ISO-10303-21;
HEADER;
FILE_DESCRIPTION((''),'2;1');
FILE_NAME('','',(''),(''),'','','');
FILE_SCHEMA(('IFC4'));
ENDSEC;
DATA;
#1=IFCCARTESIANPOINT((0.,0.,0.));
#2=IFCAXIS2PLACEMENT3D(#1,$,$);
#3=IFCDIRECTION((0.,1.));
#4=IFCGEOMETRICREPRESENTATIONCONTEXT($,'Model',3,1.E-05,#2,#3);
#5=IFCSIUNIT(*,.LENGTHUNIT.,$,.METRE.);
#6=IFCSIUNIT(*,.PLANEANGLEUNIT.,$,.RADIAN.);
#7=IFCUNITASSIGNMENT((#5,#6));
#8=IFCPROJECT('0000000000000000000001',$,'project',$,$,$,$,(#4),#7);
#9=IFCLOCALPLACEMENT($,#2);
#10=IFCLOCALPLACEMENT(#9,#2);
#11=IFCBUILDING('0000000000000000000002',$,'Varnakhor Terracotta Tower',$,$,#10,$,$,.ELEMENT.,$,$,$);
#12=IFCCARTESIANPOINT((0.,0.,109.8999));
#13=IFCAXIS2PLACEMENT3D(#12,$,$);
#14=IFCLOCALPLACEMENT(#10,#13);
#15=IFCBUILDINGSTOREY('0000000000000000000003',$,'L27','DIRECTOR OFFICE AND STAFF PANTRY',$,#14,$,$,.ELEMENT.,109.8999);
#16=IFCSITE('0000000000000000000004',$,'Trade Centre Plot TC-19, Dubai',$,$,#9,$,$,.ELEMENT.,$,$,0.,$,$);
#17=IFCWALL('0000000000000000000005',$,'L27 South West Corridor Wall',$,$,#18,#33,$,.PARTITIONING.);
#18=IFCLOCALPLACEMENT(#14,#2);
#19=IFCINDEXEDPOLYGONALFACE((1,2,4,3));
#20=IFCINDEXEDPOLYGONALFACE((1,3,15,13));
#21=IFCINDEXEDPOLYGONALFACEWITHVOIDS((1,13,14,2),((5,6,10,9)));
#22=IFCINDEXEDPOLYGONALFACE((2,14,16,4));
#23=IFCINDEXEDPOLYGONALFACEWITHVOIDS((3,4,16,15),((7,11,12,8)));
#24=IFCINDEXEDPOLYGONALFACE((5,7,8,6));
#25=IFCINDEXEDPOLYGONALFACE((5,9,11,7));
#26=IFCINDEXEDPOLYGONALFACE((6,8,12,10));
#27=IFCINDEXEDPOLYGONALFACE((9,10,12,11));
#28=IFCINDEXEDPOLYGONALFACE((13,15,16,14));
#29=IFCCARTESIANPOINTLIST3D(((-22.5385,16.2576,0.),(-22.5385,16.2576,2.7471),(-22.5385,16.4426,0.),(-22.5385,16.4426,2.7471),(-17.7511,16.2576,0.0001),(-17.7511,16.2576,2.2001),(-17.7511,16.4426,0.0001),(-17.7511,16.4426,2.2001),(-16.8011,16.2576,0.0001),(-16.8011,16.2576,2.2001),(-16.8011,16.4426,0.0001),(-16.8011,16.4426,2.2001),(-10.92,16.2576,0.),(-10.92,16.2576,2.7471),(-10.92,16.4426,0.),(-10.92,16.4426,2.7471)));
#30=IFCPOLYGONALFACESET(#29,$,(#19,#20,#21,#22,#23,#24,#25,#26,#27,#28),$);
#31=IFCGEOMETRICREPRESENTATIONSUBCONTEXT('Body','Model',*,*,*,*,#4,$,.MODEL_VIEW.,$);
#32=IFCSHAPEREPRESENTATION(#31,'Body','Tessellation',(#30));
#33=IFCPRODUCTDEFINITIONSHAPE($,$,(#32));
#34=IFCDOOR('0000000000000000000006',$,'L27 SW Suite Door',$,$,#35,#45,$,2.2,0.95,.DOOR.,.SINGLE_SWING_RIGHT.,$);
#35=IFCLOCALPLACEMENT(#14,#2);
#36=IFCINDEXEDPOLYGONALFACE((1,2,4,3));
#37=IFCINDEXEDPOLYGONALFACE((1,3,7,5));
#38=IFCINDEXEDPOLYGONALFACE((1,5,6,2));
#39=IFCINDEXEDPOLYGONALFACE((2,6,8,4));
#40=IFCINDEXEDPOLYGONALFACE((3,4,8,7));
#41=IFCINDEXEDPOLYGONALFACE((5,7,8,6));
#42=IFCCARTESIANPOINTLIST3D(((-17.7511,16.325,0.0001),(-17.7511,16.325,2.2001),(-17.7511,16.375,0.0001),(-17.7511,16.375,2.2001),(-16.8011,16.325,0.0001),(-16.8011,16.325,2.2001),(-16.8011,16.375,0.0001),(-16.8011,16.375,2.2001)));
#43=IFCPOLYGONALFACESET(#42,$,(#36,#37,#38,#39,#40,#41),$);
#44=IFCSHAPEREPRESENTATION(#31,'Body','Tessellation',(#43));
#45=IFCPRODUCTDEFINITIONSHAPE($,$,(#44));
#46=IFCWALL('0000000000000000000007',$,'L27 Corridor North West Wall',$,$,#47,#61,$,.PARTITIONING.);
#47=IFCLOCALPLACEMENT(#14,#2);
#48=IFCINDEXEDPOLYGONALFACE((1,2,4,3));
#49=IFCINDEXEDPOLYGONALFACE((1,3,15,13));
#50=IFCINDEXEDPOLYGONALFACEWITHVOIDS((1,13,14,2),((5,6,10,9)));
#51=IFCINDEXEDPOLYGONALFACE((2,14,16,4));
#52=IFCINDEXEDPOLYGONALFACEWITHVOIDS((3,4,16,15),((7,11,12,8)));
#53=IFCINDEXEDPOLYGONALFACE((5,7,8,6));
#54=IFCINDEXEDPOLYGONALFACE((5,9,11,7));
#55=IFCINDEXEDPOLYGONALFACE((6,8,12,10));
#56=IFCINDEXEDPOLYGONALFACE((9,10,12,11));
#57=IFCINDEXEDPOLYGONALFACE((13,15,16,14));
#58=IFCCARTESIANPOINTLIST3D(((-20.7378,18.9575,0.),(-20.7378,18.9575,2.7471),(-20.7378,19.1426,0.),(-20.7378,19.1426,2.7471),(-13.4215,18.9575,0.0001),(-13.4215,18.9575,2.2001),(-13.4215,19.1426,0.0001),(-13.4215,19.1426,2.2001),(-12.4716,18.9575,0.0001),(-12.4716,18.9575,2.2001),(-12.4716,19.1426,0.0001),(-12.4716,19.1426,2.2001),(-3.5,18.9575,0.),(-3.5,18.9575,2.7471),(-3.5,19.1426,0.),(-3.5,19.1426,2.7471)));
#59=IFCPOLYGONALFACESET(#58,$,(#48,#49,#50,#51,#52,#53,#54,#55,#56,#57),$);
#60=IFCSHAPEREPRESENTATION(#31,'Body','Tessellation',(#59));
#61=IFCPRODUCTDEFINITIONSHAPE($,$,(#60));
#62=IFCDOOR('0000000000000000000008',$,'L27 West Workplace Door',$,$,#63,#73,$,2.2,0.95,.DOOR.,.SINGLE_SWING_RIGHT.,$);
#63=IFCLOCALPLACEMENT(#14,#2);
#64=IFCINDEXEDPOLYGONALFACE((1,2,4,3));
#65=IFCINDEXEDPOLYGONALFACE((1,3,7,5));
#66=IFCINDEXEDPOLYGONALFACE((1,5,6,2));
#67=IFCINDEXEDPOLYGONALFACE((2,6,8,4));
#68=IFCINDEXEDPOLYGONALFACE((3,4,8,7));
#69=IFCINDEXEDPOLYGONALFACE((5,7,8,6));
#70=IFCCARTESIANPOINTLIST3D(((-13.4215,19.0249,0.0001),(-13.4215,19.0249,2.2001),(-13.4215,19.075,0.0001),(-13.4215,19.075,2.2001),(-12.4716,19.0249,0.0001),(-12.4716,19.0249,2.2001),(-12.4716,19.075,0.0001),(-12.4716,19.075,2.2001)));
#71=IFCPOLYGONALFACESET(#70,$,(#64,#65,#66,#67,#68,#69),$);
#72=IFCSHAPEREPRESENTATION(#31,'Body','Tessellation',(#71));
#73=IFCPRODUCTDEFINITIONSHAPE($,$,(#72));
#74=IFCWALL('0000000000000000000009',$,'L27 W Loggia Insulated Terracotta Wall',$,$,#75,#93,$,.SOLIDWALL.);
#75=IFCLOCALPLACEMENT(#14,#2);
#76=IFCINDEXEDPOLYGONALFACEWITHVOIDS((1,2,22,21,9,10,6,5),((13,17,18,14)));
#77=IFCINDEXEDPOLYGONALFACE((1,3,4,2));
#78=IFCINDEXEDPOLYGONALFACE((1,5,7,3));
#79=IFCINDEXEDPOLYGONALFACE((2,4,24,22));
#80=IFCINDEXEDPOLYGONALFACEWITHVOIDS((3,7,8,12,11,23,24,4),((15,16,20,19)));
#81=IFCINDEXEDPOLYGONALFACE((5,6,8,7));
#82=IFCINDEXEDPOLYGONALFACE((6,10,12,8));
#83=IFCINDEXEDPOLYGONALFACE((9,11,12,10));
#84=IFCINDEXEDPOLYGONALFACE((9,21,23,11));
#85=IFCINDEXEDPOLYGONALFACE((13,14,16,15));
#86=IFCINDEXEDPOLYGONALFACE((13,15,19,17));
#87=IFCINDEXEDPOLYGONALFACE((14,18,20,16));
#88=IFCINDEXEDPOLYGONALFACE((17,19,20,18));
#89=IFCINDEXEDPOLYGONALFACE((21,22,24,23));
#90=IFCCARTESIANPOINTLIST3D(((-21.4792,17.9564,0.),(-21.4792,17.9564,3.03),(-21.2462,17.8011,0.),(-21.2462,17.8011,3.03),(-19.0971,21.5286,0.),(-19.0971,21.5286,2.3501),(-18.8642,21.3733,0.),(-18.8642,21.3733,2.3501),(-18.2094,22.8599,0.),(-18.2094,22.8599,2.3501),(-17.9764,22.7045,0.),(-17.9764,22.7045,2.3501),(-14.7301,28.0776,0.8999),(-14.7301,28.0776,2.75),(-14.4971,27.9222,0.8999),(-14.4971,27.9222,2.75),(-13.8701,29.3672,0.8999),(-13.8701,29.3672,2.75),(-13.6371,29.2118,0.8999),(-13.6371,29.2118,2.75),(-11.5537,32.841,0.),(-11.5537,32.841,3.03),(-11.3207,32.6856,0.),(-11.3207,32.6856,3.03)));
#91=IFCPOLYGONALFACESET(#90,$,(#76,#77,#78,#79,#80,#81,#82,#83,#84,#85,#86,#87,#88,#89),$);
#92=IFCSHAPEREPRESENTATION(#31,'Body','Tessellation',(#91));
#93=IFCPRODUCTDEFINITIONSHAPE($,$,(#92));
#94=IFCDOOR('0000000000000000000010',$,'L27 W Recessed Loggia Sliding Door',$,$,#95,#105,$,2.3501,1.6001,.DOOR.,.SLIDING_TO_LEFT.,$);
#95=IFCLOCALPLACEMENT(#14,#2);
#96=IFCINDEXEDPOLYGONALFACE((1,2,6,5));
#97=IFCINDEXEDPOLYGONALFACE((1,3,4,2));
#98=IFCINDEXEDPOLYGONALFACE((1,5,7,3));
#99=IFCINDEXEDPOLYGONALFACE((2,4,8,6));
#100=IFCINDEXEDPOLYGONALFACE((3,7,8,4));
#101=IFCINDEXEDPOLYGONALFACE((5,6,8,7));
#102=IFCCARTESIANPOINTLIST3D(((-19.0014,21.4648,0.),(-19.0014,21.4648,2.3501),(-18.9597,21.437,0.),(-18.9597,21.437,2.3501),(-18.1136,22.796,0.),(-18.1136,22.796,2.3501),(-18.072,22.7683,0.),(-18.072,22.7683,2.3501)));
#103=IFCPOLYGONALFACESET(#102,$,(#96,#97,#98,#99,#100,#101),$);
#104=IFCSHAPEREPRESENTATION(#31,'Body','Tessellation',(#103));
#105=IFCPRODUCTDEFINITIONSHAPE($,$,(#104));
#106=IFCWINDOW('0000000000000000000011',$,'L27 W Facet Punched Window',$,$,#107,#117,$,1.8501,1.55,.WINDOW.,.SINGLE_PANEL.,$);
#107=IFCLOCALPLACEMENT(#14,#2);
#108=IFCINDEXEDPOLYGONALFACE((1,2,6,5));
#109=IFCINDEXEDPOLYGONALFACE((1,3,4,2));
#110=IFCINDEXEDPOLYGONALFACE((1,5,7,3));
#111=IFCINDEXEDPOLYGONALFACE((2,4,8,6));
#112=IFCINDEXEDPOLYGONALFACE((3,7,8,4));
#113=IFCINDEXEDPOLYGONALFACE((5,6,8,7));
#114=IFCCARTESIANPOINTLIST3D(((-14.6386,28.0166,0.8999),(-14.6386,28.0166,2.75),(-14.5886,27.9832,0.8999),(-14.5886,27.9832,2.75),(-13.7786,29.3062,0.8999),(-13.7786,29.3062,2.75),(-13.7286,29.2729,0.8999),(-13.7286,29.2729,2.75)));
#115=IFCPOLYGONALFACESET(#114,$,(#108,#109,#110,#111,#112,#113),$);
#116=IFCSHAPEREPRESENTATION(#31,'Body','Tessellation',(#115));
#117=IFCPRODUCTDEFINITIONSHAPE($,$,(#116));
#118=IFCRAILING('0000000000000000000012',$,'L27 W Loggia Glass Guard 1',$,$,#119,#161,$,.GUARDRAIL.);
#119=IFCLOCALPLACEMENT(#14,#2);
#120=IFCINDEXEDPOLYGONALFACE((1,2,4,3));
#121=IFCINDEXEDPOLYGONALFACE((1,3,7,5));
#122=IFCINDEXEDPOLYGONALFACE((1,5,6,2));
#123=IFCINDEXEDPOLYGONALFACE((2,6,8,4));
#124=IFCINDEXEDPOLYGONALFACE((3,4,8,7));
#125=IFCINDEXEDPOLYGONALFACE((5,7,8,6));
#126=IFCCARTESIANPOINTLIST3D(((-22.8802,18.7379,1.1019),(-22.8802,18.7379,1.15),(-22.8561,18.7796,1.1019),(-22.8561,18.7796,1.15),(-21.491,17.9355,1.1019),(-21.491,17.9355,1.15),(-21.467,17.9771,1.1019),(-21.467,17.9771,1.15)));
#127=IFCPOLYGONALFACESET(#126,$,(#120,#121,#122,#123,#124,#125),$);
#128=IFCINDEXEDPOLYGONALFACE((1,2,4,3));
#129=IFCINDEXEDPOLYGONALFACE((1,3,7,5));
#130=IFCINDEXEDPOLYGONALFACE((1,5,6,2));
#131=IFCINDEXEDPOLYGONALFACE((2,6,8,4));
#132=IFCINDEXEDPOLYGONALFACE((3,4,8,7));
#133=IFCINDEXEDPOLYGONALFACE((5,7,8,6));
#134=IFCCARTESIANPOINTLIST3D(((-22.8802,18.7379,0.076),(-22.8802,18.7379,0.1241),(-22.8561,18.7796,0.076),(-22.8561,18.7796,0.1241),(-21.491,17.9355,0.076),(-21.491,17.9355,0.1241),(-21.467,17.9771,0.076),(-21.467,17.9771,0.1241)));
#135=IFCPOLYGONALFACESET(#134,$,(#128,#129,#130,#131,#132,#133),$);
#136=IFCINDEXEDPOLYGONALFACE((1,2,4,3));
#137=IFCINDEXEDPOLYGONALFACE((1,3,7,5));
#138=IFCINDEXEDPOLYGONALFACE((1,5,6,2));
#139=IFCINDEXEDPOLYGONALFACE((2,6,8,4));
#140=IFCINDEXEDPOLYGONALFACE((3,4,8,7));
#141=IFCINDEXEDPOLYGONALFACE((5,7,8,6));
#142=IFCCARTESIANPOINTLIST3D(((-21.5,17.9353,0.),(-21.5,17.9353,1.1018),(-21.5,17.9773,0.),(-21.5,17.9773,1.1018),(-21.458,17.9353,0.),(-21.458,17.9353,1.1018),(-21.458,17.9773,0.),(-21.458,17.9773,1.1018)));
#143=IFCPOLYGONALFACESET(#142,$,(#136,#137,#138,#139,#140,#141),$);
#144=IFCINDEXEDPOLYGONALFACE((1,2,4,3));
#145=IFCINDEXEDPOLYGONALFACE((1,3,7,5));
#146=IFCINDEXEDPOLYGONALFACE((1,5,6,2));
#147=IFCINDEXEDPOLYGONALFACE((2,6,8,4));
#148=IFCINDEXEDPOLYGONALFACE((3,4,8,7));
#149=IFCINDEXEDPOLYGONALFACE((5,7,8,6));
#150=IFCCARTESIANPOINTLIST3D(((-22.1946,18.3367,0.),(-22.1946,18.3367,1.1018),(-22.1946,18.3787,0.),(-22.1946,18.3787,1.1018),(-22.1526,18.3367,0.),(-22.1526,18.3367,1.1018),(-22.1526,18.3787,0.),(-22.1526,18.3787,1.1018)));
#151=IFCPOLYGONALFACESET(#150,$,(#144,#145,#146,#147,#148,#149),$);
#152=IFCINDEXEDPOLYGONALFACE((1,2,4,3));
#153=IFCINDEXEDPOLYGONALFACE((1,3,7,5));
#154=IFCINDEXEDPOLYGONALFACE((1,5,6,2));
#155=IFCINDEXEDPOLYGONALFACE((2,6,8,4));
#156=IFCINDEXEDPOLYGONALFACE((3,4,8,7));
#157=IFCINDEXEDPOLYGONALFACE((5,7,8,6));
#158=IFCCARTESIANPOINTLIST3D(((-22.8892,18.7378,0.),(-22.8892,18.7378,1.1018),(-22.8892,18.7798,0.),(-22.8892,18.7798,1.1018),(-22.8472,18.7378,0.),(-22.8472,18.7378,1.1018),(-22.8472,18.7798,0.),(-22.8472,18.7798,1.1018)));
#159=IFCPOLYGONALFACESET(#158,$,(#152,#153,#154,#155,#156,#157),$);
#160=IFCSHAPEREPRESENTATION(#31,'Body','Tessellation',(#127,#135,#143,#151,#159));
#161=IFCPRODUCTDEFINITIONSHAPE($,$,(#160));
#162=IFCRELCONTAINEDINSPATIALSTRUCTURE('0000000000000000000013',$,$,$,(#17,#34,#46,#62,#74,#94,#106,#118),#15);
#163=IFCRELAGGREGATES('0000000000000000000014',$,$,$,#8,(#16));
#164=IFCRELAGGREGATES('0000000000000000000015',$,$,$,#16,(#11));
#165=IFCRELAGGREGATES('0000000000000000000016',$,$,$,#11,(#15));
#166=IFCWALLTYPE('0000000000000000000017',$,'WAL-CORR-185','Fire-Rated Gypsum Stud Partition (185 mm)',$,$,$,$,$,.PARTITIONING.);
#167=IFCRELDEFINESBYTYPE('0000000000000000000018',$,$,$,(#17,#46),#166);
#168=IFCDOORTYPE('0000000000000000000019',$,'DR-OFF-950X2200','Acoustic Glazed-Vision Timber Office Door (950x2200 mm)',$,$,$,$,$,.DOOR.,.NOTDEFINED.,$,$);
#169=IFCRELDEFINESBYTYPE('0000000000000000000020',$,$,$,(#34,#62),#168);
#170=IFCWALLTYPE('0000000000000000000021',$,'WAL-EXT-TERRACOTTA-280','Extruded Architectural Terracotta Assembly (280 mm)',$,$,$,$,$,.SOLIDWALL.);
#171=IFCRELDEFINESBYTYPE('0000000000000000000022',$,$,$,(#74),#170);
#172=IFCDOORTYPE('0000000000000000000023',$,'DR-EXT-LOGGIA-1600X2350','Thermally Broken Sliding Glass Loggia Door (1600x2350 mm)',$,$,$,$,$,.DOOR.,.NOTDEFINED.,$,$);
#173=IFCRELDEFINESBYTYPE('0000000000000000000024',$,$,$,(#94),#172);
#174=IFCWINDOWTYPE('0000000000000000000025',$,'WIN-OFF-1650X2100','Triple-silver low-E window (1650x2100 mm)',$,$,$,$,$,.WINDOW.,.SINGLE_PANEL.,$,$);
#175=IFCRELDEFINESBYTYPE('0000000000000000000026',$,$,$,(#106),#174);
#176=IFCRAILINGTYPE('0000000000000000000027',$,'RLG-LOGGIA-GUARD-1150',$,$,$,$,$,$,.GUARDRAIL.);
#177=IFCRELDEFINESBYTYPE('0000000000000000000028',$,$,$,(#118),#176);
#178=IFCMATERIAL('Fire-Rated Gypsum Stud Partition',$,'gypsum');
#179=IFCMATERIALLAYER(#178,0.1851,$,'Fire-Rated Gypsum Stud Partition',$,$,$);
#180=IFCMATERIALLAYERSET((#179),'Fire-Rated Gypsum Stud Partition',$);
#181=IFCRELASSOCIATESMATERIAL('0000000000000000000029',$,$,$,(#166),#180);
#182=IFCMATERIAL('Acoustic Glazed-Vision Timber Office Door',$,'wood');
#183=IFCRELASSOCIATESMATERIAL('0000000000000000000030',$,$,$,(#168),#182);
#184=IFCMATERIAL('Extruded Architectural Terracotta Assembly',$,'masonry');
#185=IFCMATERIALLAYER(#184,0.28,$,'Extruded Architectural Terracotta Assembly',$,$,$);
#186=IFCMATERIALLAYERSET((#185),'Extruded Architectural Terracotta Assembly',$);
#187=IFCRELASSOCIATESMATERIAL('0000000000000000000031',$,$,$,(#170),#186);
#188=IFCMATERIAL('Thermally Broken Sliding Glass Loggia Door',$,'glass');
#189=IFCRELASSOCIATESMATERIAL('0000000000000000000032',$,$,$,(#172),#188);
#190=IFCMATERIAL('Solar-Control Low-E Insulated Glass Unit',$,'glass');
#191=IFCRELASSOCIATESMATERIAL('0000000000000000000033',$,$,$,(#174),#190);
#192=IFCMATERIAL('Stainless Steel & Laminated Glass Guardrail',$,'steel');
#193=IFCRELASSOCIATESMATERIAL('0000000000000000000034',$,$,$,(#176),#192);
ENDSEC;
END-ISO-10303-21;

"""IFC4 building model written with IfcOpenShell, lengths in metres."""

from ifc_helpers import new_model, si_unit, direction, frame, frame_2d, origin, origin_2d, place, context, subcontext, project, spatial, rectangle, extrude, source, transform, mapped, material, layer, layer_set, type_object, type_shapes, element, fill, save


model = new_model("IFC4")

# Units and contexts
model_context = context("Model", 3, precision=1e-05, world=origin(), true_north=direction((0.0, 1.0)))
body_context = subcontext(model_context, "Body", "Model", "MODEL_VIEW")
ifc_project = project(units=[si_unit("LENGTHUNIT", "METRE"), si_unit("PLANEANGLEUNIT", "RADIAN")], contexts=[model_context])

# Site, building, storey
site_placement = place(None, origin())
site = spatial("IfcSite", under=ifc_project, at=site_placement, Name="Trade Centre Plot TC-19, Dubai", CompositionType="ELEMENT", RefElevation=0.0)
building_placement = place(site_placement, origin())
building = spatial("IfcBuilding", under=site, at=building_placement, Name="Varnakhor Terracotta Tower", CompositionType="ELEMENT")
storey_placement = place(building_placement, frame((0.0, 0.0, 109.8999)))
storey = spatial("IfcBuildingStorey", under=building, at=storey_placement, Name="L27", Description="DIRECTOR OFFICE AND STAFF PANTRY", CompositionType="ELEMENT", Elevation=109.8999)

# Walls, openings, doors
ifc_material_1 = material(Name="Fire-Rated Gypsum Stud Partition", Category="gypsum")
ifc_layer_1 = layer(ifc_material_1, 0.1851, Name="Fire-Rated Gypsum Stud Partition")
ifc_layer_set_1 = layer_set([ifc_layer_1], Name="Fire-Rated Gypsum Stud Partition")
wall_type_1 = type_object("IfcWallType", Name="WAL-CORR-185", Description="Fire-Rated Gypsum Stud Partition (185 mm)", PredefinedType="PARTITIONING", material=ifc_layer_set_1)
wall_1_placement = place(storey_placement, frame((-22.5383, 16.3501, 0.0), z_axis=(0.0, 0.0, 1.0), x_axis=(1.0, 0.0, 0.0)))
wall_1 = element("IfcWall", 1, at=wall_1_placement, inside=storey, type_object=wall_type_1, Name="L27 South West Corridor Wall", PredefinedType="PARTITIONING", context=body_context, shape_type="SweptSolid", body=[
    extrude(rectangle(XDim=11.6184, YDim=0.1851, at=frame_2d((5.8091, 0.0))), origin(), (0.0, 0.0, 1.0), 2.7471),
])
opening_1_placement = place(wall_1_placement, frame((4.7871, 0.0, 0.0)))
opening_1 = element("IfcOpeningElement", 2, at=opening_1_placement, cuts=wall_1, PredefinedType="OPENING", context=body_context, shape_type="SweptSolid", body=[
    extrude(rectangle(XDim=0.95, YDim=2.2, at=frame_2d((0.4751, 1.1001))), frame((0.0, 0.1025, 0.0), z_axis=(0.0, -1.0, 0.0), x_axis=(1.0, 0.0, 0.0)), (0.0, 0.0, 1.0), 0.2051),
])
ifc_material_2 = material(Name="Acoustic Glazed-Vision Timber Office Door", Category="wood")
door_type_1 = type_object("IfcDoorType", Name="DR-OFF-950X2200", Description="Acoustic Glazed-Vision Timber Office Door (950x2200 mm)", OperationType="NOTDEFINED", PredefinedType="DOOR", material=ifc_material_2)
shared_shape_1 = source(origin(), body_context, "Body", "SweptSolid", [
    extrude(rectangle(XDim=0.95, YDim=2.2, at=frame_2d((0.4751, 1.1001))), frame((0.0, 0.0249, 0.0), z_axis=(0.0, -1.0, 0.0), x_axis=(1.0, 0.0, 0.0)), (0.0, 0.0, 1.0), 0.05),
])
type_shapes(door_type_1, [shared_shape_1])
door_1_placement = place(opening_1_placement, origin())
door_1 = element("IfcDoor", 3, at=door_1_placement, inside=storey, type_object=door_type_1, Name="L27 SW Suite Door", OperationType="SINGLE_SWING_RIGHT", OverallHeight=2.2, OverallWidth=0.95, PredefinedType="DOOR", context=body_context, shape_type="MappedRepresentation", body=[
    mapped(shared_shape_1, transform((0.0, 0.0, 0.0), scale=1.0)),
])
fill(opening_1, door_1)
wall_2_placement = place(storey_placement, frame((-20.7378, 19.05, 0.0), z_axis=(0.0, 0.0, 1.0), x_axis=(1.0, 0.0, 0.0)))
wall_2 = element("IfcWall", 4, at=wall_2_placement, inside=storey, type_object=wall_type_1, Name="L27 Corridor North West Wall", PredefinedType="PARTITIONING", context=body_context, shape_type="SweptSolid", body=[
    extrude(rectangle(XDim=17.2378, YDim=0.1851, at=frame_2d((8.6189, 0.0))), origin(), (0.0, 0.0, 1.0), 2.7471),
])
opening_2_placement = place(wall_2_placement, frame((7.3162, 0.0, 0.0)))
opening_2 = element("IfcOpeningElement", 5, at=opening_2_placement, cuts=wall_2, PredefinedType="OPENING", context=body_context, shape_type="SweptSolid", body=[
    extrude(rectangle(XDim=0.95, YDim=2.2, at=frame_2d((0.4751, 1.1001))), frame((0.0, 0.1025, 0.0), z_axis=(0.0, -1.0, 0.0), x_axis=(1.0, 0.0, 0.0)), (0.0, 0.0, 1.0), 0.2051),
])
door_2_placement = place(opening_2_placement, origin())
door_2 = element("IfcDoor", 6, at=door_2_placement, inside=storey, type_object=door_type_1, Name="L27 West Workplace Door", OperationType="SINGLE_SWING_RIGHT", OverallHeight=2.2, OverallWidth=0.95, PredefinedType="DOOR", context=body_context, shape_type="MappedRepresentation", body=[
    mapped(shared_shape_1, transform((0.0, 0.0, 0.0), scale=1.0)),
])
fill(opening_2, door_2)

# Wall, openings, door, window
ifc_material_3 = material(Name="Extruded Architectural Terracotta Assembly", Category="masonry")
ifc_layer_2 = layer(ifc_material_3, 0.28, Name="Extruded Architectural Terracotta Assembly")
ifc_layer_set_2 = layer_set([ifc_layer_2], Name="Extruded Architectural Terracotta Assembly")
wall_type_2 = type_object("IfcWallType", Name="WAL-EXT-TERRACOTTA-280", Description="Extruded Architectural Terracotta Assembly (280 mm)", PredefinedType="SOLIDWALL", material=ifc_layer_set_2)
wall_3_placement = place(storey_placement, frame((-21.3628, 17.8787, 0.0), z_axis=(0.0, 0.0, 1.0), x_axis=(0.554798, 0.831985, 0.0)))
wall_3 = element("IfcWall", 7, at=wall_3_placement, inside=storey, type_object=wall_type_2, Name="L27 W Loggia Insulated Terracotta Wall", PredefinedType="SOLIDWALL", context=body_context, shape_type="SweptSolid", body=[
    extrude(rectangle(XDim=17.8904, YDim=0.28, at=frame_2d((8.9453, 0.0))), origin(), (0.0, 0.0, 1.0), 3.03),
])
opening_3_placement = place(wall_3_placement, frame((4.2937, 0.0, 0.0)))
opening_3 = element("IfcOpeningElement", 8, at=opening_3_placement, cuts=wall_3, PredefinedType="OPENING", context=body_context, shape_type="SweptSolid", body=[
    extrude(rectangle(XDim=1.6001, YDim=2.3501, at=frame_2d((0.8, 1.175))), frame((0.0, 0.1499, 0.0), z_axis=(0.0, -1.0, 0.0), x_axis=(1.0, 0.0, 0.0)), (0.0, 0.0, 1.0), 0.3),
])
opening_4_placement = place(wall_3_placement, frame((12.1653, 0.0, 0.8999)))
opening_4 = element("IfcOpeningElement", 9, at=opening_4_placement, cuts=wall_3, PredefinedType="OPENING", context=body_context, shape_type="SweptSolid", body=[
    extrude(rectangle(XDim=1.55, YDim=1.8501, at=frame_2d((0.7749, 0.925))), frame((0.0, 0.1499, 0.0), z_axis=(0.0, -1.0, 0.0), x_axis=(1.0, 0.0, 0.0)), (0.0, 0.0, 1.0), 0.3),
])
ifc_material_4 = material(Name="Thermally Broken Sliding Glass Loggia Door", Category="glass")
door_type_2 = type_object("IfcDoorType", Name="DR-EXT-LOGGIA-1600X2350", Description="Thermally Broken Sliding Glass Loggia Door (1600x2350 mm)", OperationType="NOTDEFINED", PredefinedType="DOOR", material=ifc_material_4)
shared_shape_2 = source(origin(), body_context, "Body", "SweptSolid", [
    extrude(rectangle(XDim=1.6001, YDim=2.3501, at=frame_2d((0.8, 1.175))), frame((0.0, 0.0249, 0.0), z_axis=(0.0, -1.0, 0.0), x_axis=(1.0, 0.0, 0.0)), (0.0, 0.0, 1.0), 0.05),
])
type_shapes(door_type_2, [shared_shape_2])
door_3_placement = place(opening_3_placement, origin())
door_3 = element("IfcDoor", 10, at=door_3_placement, inside=storey, type_object=door_type_2, Name="L27 W Recessed Loggia Sliding Door", OperationType="SLIDING_TO_LEFT", OverallHeight=2.3501, OverallWidth=1.6001, PredefinedType="DOOR", context=body_context, shape_type="MappedRepresentation", body=[
    mapped(shared_shape_2, transform((0.0, 0.0, 0.0), scale=1.0)),
])
fill(opening_3, door_3)
ifc_material_5 = material(Name="Solar-Control Low-E Insulated Glass Unit", Category="glass")
window_type = type_object("IfcWindowType", Name="WIN-OFF-1650X2100", Description="Triple-silver low-E window (1650x2100 mm)", PartitioningType="SINGLE_PANEL", PredefinedType="WINDOW", material=ifc_material_5)
shared_shape_3 = source(origin(), body_context, "Body", "SweptSolid", [
    extrude(rectangle(XDim=1.55, YDim=1.8501, at=frame_2d((0.7749, 0.925))), frame((0.0, 0.03, 0.0), z_axis=(0.0, -1.0, 0.0), x_axis=(1.0, 0.0, 0.0)), (0.0, 0.0, 1.0), 0.0601),
])
type_shapes(window_type, [shared_shape_3])
window_placement = place(opening_4_placement, origin())
window = element("IfcWindow", 11, at=window_placement, inside=storey, type_object=window_type, Name="L27 W Facet Punched Window", OverallHeight=1.8501, OverallWidth=1.55, PartitioningType="SINGLE_PANEL", PredefinedType="WINDOW", context=body_context, shape_type="MappedRepresentation", body=[
    mapped(shared_shape_3, transform((0.0, 0.0, 0.0), scale=1.0)),
])
fill(opening_4, window)

# Railing
ifc_material_6 = material(Name="Stainless Steel & Laminated Glass Guardrail", Category="steel")
railing_type = type_object("IfcRailingType", Name="RLG-LOGGIA-GUARD-1150", PredefinedType="GUARDRAIL", material=ifc_material_6)
railing_1_placement = place(storey_placement, frame((-21.479, 17.9563, 0.0)))
element("IfcRailing", 12, at=railing_1_placement, inside=storey, type_object=railing_type, Name="L27 W Loggia Glass Guard 1", PredefinedType="GUARDRAIL", context=body_context, shape_type="SweptSolid", body=[
    extrude(rectangle(XDim=0.0481, YDim=0.0481, at=origin_2d()), frame((0.0, 0.0, 1.126), z_axis=(-0.865902, 0.500214, 0.0), x_axis=(-0.500214, -0.865902, 0.0)), (0.0, 0.0, 1.0), 1.6042),
    extrude(rectangle(XDim=0.0481, YDim=0.0481, at=origin_2d()), frame((0.0, 0.0, 0.1001), z_axis=(-0.865902, 0.500214, 0.0), x_axis=(-0.500214, -0.865902, 0.0)), (0.0, 0.0, 1.0), 1.6042),
    extrude(rectangle(XDim=0.042, YDim=0.042, at=origin_2d()), origin(), (0.0, 0.0, 1.0), 1.1018),
    extrude(rectangle(XDim=0.042, YDim=0.042, at=origin_2d()), frame((-0.6946, 0.4014, 0.0)), (0.0, 0.0, 1.0), 1.1018),
    extrude(rectangle(XDim=0.042, YDim=0.042, at=origin_2d()), frame((-1.3892, 0.8025, 0.0)), (0.0, 0.0, 1.0), 1.1018),
])

save(model, "model.ifc")
